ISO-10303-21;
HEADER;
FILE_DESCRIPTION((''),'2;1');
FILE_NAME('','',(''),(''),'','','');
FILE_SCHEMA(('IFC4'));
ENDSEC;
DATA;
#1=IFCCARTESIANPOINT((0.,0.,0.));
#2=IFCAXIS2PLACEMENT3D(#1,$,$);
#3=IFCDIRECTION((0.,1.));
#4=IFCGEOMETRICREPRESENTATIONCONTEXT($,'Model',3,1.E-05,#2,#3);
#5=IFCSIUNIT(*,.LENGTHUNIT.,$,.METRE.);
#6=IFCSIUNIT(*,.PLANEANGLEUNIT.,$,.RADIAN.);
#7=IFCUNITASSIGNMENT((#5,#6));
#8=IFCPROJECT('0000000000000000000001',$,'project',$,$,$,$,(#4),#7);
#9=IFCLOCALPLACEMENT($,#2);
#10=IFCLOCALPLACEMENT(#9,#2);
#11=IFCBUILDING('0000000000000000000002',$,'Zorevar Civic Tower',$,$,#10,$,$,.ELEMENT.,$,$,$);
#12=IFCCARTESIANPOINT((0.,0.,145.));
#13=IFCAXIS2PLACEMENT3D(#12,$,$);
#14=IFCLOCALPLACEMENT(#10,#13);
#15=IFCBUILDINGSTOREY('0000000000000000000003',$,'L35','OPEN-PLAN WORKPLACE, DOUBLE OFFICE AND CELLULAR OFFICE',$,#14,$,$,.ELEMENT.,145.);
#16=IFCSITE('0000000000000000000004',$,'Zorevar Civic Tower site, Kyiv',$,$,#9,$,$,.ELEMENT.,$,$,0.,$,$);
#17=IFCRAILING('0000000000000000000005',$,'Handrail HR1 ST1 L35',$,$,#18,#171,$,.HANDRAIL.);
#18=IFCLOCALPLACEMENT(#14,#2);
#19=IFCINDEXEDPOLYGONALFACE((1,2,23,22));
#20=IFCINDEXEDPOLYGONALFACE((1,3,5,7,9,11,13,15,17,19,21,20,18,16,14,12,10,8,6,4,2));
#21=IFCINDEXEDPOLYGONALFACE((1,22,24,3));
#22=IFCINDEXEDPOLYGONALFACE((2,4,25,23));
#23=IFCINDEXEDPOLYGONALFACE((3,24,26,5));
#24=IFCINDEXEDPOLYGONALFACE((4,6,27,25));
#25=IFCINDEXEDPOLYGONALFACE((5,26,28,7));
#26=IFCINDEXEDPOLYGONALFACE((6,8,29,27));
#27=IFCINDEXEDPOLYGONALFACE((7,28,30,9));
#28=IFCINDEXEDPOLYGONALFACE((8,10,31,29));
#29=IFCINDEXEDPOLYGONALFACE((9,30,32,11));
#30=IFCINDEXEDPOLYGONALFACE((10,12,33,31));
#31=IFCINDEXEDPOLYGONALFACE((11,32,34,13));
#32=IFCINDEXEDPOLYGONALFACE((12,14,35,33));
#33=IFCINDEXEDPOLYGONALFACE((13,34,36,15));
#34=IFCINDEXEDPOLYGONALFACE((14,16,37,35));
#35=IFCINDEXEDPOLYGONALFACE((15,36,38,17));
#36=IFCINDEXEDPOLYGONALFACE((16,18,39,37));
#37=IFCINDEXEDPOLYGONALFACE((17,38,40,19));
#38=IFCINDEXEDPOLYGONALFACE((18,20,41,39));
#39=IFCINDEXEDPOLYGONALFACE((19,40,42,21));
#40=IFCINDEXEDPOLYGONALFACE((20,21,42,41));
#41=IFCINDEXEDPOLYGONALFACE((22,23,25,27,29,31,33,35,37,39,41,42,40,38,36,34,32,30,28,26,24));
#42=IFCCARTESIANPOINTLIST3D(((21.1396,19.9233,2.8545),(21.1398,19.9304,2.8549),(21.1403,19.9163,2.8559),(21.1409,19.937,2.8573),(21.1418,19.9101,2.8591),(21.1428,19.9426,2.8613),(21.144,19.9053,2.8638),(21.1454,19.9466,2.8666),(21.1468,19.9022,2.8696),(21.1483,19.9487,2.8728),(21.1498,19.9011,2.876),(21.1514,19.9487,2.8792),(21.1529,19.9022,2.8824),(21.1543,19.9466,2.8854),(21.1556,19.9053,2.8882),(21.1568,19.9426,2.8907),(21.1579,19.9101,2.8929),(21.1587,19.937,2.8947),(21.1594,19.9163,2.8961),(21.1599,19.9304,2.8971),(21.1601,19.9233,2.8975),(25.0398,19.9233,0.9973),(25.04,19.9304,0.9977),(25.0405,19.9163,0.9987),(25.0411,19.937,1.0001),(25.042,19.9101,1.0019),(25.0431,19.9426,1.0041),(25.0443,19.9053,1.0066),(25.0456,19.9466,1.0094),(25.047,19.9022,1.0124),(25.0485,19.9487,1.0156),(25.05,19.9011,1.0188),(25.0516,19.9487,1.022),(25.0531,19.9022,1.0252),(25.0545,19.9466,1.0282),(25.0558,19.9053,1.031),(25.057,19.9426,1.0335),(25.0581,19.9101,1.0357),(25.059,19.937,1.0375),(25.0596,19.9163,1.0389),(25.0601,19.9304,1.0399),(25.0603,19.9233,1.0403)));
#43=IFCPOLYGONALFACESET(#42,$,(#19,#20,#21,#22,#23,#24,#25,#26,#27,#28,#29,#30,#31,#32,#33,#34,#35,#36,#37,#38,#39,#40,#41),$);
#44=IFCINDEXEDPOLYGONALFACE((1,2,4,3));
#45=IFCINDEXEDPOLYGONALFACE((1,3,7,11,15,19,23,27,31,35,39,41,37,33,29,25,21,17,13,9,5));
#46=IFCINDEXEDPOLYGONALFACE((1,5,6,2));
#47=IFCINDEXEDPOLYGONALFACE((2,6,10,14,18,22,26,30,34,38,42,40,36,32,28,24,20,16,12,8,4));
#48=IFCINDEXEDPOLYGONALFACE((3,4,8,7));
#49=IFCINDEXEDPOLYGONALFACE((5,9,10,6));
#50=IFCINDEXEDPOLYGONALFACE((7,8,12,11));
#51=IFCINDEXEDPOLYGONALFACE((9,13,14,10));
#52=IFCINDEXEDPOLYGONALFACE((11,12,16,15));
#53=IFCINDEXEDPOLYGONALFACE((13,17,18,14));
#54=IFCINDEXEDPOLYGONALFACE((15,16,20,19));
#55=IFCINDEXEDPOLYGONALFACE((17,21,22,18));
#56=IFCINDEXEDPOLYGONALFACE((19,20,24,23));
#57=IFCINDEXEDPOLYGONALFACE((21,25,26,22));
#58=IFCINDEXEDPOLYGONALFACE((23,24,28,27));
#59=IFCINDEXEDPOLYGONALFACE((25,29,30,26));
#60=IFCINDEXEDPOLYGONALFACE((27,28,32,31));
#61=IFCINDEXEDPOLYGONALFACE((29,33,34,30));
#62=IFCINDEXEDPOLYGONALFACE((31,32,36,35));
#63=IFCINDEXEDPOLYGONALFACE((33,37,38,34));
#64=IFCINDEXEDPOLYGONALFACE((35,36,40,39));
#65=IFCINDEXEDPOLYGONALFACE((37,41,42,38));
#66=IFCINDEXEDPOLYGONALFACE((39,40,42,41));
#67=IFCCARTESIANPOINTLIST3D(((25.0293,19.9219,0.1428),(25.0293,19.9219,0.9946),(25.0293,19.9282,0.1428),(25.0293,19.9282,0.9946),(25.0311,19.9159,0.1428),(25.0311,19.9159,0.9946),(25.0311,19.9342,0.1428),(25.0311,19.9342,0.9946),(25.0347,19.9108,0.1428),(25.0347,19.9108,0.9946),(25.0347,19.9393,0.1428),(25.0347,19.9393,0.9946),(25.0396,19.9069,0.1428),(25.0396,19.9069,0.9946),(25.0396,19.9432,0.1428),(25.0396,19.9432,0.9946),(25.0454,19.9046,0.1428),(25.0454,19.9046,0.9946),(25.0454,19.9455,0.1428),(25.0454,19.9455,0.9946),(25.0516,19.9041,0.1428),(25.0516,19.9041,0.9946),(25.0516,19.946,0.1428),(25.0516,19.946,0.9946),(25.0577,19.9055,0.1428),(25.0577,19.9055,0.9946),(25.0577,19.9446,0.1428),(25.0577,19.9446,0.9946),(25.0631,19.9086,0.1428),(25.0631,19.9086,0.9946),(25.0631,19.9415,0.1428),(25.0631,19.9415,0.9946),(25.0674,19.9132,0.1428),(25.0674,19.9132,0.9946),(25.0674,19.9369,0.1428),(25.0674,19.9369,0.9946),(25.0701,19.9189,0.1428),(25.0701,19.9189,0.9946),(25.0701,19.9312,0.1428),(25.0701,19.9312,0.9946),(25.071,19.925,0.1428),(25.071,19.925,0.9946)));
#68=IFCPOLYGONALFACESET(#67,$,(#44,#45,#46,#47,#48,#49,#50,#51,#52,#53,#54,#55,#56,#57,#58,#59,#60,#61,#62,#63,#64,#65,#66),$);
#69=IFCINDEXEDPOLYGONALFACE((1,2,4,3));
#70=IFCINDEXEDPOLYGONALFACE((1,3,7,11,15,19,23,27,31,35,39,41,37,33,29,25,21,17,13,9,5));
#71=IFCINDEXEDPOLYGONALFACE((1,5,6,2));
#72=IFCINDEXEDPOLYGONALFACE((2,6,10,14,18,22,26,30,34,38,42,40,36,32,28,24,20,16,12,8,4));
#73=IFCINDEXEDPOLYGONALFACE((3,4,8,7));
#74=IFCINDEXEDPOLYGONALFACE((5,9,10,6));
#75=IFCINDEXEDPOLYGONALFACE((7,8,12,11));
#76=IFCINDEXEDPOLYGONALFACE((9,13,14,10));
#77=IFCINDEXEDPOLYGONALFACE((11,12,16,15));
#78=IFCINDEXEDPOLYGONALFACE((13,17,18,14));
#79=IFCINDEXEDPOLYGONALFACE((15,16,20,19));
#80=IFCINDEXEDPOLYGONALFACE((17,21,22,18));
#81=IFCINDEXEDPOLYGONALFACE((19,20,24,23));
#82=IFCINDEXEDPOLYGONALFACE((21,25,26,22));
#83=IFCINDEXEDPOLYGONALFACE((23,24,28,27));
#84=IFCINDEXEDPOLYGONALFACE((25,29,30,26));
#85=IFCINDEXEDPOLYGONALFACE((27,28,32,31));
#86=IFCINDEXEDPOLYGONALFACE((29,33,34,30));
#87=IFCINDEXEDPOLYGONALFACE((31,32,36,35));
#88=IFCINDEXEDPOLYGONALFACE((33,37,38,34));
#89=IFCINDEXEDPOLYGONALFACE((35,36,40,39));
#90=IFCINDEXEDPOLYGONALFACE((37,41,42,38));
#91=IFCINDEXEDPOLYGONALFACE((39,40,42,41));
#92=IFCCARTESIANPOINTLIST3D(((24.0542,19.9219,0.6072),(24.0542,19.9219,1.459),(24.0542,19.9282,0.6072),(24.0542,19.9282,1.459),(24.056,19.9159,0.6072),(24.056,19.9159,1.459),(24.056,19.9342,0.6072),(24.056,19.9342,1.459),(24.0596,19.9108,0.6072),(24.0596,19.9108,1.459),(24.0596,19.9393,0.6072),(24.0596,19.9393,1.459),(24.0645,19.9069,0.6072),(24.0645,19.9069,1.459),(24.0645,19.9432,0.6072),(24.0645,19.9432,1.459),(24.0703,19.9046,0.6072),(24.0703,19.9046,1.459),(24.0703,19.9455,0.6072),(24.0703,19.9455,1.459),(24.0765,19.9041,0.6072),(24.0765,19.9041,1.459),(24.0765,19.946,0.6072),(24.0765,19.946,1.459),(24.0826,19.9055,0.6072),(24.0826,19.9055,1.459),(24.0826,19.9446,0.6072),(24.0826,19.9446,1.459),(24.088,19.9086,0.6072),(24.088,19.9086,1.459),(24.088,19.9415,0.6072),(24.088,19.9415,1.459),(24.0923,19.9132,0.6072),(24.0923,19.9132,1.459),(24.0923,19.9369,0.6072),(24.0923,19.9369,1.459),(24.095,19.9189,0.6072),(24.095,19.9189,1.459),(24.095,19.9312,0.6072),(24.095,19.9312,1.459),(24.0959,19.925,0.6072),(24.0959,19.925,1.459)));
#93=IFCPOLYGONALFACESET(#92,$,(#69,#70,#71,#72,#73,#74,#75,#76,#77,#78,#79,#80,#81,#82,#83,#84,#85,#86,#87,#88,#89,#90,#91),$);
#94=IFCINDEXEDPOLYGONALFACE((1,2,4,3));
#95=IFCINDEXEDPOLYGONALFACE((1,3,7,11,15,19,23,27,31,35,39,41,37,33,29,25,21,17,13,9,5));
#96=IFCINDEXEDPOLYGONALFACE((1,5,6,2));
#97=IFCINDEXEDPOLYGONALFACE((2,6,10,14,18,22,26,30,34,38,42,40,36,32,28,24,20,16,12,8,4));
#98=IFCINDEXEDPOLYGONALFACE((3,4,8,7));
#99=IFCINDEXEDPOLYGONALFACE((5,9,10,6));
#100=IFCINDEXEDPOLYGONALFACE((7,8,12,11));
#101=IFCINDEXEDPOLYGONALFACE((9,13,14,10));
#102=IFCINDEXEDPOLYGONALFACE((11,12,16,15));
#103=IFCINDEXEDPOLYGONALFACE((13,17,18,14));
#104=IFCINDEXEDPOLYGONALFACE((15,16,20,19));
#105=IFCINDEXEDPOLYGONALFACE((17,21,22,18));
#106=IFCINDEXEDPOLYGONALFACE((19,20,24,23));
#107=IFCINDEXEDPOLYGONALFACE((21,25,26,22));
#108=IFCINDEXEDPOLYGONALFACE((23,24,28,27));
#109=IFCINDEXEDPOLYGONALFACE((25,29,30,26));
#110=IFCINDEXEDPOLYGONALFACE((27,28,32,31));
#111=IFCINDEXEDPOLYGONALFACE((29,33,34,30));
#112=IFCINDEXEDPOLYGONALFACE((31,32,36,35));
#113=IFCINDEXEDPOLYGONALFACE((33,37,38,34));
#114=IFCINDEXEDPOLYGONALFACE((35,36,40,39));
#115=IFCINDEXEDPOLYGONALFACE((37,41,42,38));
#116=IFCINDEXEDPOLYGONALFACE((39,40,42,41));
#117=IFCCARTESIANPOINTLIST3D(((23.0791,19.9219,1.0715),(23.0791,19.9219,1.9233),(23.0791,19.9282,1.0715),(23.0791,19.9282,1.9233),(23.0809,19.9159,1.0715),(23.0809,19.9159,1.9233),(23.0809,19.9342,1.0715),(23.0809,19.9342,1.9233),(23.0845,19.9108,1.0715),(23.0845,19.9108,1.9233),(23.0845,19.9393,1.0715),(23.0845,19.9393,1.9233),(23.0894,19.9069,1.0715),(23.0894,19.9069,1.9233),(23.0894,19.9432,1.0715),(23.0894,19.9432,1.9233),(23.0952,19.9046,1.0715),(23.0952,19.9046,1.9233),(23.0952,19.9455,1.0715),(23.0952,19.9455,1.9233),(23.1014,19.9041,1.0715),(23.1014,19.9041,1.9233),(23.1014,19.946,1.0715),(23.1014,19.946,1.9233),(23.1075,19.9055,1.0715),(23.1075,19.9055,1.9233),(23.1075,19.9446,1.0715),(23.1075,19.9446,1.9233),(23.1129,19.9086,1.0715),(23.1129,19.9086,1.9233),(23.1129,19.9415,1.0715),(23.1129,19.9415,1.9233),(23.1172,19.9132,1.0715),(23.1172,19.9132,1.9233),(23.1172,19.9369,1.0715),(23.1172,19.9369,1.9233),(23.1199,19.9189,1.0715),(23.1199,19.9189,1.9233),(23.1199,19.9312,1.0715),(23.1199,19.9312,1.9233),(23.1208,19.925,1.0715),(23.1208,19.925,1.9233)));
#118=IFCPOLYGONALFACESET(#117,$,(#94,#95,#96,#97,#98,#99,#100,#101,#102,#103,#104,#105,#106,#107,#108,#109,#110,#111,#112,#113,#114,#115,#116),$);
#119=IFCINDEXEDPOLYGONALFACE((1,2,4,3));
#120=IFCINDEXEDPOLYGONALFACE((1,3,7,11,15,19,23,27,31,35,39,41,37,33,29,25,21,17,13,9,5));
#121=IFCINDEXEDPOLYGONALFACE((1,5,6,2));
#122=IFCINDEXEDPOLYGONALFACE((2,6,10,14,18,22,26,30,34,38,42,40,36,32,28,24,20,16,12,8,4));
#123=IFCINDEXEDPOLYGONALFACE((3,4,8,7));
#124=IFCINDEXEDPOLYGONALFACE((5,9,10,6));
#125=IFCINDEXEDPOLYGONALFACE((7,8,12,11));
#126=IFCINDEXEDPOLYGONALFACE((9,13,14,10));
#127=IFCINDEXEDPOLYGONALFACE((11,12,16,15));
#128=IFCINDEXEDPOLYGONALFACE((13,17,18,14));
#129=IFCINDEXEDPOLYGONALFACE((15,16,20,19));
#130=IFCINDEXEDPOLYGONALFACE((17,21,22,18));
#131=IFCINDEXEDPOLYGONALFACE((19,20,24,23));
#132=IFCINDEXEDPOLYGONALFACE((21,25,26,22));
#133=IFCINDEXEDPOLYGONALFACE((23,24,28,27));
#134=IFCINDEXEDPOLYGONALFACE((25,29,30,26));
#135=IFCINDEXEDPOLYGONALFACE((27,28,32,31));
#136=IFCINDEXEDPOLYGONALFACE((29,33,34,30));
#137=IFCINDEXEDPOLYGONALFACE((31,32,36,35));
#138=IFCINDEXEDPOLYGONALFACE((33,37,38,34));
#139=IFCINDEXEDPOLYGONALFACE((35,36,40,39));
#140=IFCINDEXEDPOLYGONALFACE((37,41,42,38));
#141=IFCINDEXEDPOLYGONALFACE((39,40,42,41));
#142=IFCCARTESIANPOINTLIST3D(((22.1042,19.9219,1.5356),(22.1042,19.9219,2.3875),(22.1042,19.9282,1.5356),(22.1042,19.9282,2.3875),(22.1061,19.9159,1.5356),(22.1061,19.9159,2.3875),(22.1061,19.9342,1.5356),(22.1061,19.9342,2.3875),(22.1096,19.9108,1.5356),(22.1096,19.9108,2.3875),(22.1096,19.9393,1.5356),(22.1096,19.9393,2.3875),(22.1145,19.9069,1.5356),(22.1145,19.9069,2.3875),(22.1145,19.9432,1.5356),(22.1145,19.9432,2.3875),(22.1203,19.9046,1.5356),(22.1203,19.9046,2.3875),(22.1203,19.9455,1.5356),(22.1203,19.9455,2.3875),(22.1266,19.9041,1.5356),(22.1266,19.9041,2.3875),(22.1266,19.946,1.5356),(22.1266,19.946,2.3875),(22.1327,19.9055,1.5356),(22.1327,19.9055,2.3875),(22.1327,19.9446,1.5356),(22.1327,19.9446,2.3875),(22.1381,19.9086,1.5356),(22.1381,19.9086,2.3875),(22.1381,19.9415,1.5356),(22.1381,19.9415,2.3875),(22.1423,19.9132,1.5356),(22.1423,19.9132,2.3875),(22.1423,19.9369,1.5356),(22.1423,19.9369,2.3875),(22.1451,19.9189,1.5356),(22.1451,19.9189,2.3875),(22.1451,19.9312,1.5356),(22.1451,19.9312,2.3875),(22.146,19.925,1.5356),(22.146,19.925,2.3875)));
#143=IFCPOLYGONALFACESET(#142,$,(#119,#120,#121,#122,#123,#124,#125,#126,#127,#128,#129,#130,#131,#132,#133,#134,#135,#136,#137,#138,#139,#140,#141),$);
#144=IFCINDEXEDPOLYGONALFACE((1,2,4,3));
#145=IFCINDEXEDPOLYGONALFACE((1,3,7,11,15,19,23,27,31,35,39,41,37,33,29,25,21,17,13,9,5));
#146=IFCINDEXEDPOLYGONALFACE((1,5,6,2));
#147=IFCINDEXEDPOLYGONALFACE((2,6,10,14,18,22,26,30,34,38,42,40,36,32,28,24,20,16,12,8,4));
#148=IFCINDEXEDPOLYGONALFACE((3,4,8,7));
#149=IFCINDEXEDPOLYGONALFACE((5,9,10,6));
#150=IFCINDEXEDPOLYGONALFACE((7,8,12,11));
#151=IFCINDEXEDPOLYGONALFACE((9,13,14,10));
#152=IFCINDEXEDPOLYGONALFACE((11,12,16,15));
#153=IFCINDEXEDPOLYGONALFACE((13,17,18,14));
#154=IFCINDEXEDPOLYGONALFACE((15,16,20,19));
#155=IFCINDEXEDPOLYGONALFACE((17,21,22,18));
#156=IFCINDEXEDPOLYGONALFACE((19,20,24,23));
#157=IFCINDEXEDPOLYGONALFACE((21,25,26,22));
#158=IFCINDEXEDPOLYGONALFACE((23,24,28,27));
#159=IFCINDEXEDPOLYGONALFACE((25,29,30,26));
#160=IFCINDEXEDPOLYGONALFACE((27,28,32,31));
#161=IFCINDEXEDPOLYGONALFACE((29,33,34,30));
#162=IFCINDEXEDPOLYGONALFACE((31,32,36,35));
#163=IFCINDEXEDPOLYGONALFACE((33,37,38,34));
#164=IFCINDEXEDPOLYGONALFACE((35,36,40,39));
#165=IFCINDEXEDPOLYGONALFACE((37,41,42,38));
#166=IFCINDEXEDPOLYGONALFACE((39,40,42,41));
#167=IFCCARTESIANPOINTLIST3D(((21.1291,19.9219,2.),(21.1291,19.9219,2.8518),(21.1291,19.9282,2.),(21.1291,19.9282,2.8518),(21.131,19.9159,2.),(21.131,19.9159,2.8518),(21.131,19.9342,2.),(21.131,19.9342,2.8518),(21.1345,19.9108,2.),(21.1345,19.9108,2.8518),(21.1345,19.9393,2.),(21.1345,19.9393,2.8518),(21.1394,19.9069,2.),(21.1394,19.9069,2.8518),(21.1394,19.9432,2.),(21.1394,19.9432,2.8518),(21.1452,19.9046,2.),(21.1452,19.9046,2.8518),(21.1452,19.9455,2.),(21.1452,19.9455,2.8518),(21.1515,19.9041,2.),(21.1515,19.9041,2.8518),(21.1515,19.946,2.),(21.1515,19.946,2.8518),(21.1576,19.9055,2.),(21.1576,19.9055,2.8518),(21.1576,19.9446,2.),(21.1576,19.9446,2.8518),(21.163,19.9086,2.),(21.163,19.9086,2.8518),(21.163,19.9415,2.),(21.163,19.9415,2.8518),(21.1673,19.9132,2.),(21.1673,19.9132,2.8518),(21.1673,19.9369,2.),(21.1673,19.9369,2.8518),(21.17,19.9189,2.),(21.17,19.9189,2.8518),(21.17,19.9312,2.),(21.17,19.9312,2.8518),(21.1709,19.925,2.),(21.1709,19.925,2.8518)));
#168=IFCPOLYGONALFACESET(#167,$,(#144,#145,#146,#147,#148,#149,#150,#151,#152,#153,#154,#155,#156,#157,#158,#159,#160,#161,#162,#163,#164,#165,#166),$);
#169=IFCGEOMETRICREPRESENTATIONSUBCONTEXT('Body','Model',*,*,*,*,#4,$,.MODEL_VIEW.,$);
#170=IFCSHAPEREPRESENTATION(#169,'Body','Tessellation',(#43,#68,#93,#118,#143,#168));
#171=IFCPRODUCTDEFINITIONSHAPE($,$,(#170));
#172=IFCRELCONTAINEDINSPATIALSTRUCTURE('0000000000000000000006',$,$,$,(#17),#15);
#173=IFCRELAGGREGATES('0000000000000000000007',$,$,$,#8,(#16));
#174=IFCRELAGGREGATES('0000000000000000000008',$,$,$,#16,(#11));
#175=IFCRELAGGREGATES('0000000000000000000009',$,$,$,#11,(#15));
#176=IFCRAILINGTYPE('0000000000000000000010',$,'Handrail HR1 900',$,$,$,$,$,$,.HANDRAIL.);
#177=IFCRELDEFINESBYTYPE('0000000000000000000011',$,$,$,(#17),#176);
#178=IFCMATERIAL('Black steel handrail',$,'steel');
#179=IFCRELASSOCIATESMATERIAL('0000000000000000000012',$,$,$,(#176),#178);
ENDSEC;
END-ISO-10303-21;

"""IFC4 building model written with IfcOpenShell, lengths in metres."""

from ifc_helpers import new_model, si_unit, direction, frame, origin, origin_2d, place, context, subcontext, project, spatial, circle, extrude, material, type_object, element, save


model = new_model("IFC4")

# Units and contexts
model_context = context("Model", 3, precision=1e-05, world=origin(), true_north=direction((0.0, 1.0)))
body_context = subcontext(model_context, "Body", "Model", "MODEL_VIEW")
ifc_project = project(units=[si_unit("LENGTHUNIT", "METRE"), si_unit("PLANEANGLEUNIT", "RADIAN")], contexts=[model_context])

# Site, building, storey
site_placement = place(None, origin())
site = spatial("IfcSite", under=ifc_project, at=site_placement, Name="Zorevar Civic Tower site, Kyiv", CompositionType="ELEMENT", RefElevation=0.0)
building_placement = place(site_placement, origin())
building = spatial("IfcBuilding", under=site, at=building_placement, Name="Zorevar Civic Tower", CompositionType="ELEMENT")
storey_placement = place(building_placement, frame((0.0, 0.0, 145.0)))
storey = spatial("IfcBuildingStorey", under=building, at=storey_placement, Name="L35", Description="OPEN-PLAN WORKPLACE, DOUBLE OFFICE AND CELLULAR OFFICE", CompositionType="ELEMENT", Elevation=145.0)

# Railing
ifc_material_1 = material(Name="Black steel handrail", Category="steel")
railing_type = type_object("IfcRailingType", Name="Handrail HR1 900", PredefinedType="HANDRAIL", material=ifc_material_1)
railing_placement = place(storey_placement, frame((25.05, 19.925, 0.1428)))
element("IfcRailing", 1, at=railing_placement, inside=storey, type_object=railing_type, Name="Handrail HR1 ST1 L35", PredefinedType="HANDRAIL", context=body_context, shape_type="SweptSolid", body=[
    extrude(circle(Radius=0.0239, at=origin_2d()), frame((0.0, 0.0, 0.876), z_axis=(-0.902864, 0.0, 0.429927), x_axis=(0.0, -1.0, 0.0)), (0.0, 0.0, 1.0), 4.3198),
    extrude(circle(Radius=0.021, at=origin_2d()), origin(), (0.0, 0.0, 1.0), 0.8518),
    extrude(circle(Radius=0.021, at=origin_2d()), frame((-0.9751, 0.0, 0.4644)), (0.0, 0.0, 1.0), 0.8518),
    extrude(circle(Radius=0.021, at=origin_2d()), frame((-1.9502, 0.0, 0.9287)), (0.0, 0.0, 1.0), 0.8518),
    extrude(circle(Radius=0.021, at=origin_2d()), frame((-2.925, 0.0, 1.3928)), (0.0, 0.0, 1.0), 0.8518),
    extrude(circle(Radius=0.021, at=origin_2d()), frame((-3.9001, 0.0, 1.8572)), (0.0, 0.0, 1.0), 0.8518),
])

save(model, "model.ifc")
